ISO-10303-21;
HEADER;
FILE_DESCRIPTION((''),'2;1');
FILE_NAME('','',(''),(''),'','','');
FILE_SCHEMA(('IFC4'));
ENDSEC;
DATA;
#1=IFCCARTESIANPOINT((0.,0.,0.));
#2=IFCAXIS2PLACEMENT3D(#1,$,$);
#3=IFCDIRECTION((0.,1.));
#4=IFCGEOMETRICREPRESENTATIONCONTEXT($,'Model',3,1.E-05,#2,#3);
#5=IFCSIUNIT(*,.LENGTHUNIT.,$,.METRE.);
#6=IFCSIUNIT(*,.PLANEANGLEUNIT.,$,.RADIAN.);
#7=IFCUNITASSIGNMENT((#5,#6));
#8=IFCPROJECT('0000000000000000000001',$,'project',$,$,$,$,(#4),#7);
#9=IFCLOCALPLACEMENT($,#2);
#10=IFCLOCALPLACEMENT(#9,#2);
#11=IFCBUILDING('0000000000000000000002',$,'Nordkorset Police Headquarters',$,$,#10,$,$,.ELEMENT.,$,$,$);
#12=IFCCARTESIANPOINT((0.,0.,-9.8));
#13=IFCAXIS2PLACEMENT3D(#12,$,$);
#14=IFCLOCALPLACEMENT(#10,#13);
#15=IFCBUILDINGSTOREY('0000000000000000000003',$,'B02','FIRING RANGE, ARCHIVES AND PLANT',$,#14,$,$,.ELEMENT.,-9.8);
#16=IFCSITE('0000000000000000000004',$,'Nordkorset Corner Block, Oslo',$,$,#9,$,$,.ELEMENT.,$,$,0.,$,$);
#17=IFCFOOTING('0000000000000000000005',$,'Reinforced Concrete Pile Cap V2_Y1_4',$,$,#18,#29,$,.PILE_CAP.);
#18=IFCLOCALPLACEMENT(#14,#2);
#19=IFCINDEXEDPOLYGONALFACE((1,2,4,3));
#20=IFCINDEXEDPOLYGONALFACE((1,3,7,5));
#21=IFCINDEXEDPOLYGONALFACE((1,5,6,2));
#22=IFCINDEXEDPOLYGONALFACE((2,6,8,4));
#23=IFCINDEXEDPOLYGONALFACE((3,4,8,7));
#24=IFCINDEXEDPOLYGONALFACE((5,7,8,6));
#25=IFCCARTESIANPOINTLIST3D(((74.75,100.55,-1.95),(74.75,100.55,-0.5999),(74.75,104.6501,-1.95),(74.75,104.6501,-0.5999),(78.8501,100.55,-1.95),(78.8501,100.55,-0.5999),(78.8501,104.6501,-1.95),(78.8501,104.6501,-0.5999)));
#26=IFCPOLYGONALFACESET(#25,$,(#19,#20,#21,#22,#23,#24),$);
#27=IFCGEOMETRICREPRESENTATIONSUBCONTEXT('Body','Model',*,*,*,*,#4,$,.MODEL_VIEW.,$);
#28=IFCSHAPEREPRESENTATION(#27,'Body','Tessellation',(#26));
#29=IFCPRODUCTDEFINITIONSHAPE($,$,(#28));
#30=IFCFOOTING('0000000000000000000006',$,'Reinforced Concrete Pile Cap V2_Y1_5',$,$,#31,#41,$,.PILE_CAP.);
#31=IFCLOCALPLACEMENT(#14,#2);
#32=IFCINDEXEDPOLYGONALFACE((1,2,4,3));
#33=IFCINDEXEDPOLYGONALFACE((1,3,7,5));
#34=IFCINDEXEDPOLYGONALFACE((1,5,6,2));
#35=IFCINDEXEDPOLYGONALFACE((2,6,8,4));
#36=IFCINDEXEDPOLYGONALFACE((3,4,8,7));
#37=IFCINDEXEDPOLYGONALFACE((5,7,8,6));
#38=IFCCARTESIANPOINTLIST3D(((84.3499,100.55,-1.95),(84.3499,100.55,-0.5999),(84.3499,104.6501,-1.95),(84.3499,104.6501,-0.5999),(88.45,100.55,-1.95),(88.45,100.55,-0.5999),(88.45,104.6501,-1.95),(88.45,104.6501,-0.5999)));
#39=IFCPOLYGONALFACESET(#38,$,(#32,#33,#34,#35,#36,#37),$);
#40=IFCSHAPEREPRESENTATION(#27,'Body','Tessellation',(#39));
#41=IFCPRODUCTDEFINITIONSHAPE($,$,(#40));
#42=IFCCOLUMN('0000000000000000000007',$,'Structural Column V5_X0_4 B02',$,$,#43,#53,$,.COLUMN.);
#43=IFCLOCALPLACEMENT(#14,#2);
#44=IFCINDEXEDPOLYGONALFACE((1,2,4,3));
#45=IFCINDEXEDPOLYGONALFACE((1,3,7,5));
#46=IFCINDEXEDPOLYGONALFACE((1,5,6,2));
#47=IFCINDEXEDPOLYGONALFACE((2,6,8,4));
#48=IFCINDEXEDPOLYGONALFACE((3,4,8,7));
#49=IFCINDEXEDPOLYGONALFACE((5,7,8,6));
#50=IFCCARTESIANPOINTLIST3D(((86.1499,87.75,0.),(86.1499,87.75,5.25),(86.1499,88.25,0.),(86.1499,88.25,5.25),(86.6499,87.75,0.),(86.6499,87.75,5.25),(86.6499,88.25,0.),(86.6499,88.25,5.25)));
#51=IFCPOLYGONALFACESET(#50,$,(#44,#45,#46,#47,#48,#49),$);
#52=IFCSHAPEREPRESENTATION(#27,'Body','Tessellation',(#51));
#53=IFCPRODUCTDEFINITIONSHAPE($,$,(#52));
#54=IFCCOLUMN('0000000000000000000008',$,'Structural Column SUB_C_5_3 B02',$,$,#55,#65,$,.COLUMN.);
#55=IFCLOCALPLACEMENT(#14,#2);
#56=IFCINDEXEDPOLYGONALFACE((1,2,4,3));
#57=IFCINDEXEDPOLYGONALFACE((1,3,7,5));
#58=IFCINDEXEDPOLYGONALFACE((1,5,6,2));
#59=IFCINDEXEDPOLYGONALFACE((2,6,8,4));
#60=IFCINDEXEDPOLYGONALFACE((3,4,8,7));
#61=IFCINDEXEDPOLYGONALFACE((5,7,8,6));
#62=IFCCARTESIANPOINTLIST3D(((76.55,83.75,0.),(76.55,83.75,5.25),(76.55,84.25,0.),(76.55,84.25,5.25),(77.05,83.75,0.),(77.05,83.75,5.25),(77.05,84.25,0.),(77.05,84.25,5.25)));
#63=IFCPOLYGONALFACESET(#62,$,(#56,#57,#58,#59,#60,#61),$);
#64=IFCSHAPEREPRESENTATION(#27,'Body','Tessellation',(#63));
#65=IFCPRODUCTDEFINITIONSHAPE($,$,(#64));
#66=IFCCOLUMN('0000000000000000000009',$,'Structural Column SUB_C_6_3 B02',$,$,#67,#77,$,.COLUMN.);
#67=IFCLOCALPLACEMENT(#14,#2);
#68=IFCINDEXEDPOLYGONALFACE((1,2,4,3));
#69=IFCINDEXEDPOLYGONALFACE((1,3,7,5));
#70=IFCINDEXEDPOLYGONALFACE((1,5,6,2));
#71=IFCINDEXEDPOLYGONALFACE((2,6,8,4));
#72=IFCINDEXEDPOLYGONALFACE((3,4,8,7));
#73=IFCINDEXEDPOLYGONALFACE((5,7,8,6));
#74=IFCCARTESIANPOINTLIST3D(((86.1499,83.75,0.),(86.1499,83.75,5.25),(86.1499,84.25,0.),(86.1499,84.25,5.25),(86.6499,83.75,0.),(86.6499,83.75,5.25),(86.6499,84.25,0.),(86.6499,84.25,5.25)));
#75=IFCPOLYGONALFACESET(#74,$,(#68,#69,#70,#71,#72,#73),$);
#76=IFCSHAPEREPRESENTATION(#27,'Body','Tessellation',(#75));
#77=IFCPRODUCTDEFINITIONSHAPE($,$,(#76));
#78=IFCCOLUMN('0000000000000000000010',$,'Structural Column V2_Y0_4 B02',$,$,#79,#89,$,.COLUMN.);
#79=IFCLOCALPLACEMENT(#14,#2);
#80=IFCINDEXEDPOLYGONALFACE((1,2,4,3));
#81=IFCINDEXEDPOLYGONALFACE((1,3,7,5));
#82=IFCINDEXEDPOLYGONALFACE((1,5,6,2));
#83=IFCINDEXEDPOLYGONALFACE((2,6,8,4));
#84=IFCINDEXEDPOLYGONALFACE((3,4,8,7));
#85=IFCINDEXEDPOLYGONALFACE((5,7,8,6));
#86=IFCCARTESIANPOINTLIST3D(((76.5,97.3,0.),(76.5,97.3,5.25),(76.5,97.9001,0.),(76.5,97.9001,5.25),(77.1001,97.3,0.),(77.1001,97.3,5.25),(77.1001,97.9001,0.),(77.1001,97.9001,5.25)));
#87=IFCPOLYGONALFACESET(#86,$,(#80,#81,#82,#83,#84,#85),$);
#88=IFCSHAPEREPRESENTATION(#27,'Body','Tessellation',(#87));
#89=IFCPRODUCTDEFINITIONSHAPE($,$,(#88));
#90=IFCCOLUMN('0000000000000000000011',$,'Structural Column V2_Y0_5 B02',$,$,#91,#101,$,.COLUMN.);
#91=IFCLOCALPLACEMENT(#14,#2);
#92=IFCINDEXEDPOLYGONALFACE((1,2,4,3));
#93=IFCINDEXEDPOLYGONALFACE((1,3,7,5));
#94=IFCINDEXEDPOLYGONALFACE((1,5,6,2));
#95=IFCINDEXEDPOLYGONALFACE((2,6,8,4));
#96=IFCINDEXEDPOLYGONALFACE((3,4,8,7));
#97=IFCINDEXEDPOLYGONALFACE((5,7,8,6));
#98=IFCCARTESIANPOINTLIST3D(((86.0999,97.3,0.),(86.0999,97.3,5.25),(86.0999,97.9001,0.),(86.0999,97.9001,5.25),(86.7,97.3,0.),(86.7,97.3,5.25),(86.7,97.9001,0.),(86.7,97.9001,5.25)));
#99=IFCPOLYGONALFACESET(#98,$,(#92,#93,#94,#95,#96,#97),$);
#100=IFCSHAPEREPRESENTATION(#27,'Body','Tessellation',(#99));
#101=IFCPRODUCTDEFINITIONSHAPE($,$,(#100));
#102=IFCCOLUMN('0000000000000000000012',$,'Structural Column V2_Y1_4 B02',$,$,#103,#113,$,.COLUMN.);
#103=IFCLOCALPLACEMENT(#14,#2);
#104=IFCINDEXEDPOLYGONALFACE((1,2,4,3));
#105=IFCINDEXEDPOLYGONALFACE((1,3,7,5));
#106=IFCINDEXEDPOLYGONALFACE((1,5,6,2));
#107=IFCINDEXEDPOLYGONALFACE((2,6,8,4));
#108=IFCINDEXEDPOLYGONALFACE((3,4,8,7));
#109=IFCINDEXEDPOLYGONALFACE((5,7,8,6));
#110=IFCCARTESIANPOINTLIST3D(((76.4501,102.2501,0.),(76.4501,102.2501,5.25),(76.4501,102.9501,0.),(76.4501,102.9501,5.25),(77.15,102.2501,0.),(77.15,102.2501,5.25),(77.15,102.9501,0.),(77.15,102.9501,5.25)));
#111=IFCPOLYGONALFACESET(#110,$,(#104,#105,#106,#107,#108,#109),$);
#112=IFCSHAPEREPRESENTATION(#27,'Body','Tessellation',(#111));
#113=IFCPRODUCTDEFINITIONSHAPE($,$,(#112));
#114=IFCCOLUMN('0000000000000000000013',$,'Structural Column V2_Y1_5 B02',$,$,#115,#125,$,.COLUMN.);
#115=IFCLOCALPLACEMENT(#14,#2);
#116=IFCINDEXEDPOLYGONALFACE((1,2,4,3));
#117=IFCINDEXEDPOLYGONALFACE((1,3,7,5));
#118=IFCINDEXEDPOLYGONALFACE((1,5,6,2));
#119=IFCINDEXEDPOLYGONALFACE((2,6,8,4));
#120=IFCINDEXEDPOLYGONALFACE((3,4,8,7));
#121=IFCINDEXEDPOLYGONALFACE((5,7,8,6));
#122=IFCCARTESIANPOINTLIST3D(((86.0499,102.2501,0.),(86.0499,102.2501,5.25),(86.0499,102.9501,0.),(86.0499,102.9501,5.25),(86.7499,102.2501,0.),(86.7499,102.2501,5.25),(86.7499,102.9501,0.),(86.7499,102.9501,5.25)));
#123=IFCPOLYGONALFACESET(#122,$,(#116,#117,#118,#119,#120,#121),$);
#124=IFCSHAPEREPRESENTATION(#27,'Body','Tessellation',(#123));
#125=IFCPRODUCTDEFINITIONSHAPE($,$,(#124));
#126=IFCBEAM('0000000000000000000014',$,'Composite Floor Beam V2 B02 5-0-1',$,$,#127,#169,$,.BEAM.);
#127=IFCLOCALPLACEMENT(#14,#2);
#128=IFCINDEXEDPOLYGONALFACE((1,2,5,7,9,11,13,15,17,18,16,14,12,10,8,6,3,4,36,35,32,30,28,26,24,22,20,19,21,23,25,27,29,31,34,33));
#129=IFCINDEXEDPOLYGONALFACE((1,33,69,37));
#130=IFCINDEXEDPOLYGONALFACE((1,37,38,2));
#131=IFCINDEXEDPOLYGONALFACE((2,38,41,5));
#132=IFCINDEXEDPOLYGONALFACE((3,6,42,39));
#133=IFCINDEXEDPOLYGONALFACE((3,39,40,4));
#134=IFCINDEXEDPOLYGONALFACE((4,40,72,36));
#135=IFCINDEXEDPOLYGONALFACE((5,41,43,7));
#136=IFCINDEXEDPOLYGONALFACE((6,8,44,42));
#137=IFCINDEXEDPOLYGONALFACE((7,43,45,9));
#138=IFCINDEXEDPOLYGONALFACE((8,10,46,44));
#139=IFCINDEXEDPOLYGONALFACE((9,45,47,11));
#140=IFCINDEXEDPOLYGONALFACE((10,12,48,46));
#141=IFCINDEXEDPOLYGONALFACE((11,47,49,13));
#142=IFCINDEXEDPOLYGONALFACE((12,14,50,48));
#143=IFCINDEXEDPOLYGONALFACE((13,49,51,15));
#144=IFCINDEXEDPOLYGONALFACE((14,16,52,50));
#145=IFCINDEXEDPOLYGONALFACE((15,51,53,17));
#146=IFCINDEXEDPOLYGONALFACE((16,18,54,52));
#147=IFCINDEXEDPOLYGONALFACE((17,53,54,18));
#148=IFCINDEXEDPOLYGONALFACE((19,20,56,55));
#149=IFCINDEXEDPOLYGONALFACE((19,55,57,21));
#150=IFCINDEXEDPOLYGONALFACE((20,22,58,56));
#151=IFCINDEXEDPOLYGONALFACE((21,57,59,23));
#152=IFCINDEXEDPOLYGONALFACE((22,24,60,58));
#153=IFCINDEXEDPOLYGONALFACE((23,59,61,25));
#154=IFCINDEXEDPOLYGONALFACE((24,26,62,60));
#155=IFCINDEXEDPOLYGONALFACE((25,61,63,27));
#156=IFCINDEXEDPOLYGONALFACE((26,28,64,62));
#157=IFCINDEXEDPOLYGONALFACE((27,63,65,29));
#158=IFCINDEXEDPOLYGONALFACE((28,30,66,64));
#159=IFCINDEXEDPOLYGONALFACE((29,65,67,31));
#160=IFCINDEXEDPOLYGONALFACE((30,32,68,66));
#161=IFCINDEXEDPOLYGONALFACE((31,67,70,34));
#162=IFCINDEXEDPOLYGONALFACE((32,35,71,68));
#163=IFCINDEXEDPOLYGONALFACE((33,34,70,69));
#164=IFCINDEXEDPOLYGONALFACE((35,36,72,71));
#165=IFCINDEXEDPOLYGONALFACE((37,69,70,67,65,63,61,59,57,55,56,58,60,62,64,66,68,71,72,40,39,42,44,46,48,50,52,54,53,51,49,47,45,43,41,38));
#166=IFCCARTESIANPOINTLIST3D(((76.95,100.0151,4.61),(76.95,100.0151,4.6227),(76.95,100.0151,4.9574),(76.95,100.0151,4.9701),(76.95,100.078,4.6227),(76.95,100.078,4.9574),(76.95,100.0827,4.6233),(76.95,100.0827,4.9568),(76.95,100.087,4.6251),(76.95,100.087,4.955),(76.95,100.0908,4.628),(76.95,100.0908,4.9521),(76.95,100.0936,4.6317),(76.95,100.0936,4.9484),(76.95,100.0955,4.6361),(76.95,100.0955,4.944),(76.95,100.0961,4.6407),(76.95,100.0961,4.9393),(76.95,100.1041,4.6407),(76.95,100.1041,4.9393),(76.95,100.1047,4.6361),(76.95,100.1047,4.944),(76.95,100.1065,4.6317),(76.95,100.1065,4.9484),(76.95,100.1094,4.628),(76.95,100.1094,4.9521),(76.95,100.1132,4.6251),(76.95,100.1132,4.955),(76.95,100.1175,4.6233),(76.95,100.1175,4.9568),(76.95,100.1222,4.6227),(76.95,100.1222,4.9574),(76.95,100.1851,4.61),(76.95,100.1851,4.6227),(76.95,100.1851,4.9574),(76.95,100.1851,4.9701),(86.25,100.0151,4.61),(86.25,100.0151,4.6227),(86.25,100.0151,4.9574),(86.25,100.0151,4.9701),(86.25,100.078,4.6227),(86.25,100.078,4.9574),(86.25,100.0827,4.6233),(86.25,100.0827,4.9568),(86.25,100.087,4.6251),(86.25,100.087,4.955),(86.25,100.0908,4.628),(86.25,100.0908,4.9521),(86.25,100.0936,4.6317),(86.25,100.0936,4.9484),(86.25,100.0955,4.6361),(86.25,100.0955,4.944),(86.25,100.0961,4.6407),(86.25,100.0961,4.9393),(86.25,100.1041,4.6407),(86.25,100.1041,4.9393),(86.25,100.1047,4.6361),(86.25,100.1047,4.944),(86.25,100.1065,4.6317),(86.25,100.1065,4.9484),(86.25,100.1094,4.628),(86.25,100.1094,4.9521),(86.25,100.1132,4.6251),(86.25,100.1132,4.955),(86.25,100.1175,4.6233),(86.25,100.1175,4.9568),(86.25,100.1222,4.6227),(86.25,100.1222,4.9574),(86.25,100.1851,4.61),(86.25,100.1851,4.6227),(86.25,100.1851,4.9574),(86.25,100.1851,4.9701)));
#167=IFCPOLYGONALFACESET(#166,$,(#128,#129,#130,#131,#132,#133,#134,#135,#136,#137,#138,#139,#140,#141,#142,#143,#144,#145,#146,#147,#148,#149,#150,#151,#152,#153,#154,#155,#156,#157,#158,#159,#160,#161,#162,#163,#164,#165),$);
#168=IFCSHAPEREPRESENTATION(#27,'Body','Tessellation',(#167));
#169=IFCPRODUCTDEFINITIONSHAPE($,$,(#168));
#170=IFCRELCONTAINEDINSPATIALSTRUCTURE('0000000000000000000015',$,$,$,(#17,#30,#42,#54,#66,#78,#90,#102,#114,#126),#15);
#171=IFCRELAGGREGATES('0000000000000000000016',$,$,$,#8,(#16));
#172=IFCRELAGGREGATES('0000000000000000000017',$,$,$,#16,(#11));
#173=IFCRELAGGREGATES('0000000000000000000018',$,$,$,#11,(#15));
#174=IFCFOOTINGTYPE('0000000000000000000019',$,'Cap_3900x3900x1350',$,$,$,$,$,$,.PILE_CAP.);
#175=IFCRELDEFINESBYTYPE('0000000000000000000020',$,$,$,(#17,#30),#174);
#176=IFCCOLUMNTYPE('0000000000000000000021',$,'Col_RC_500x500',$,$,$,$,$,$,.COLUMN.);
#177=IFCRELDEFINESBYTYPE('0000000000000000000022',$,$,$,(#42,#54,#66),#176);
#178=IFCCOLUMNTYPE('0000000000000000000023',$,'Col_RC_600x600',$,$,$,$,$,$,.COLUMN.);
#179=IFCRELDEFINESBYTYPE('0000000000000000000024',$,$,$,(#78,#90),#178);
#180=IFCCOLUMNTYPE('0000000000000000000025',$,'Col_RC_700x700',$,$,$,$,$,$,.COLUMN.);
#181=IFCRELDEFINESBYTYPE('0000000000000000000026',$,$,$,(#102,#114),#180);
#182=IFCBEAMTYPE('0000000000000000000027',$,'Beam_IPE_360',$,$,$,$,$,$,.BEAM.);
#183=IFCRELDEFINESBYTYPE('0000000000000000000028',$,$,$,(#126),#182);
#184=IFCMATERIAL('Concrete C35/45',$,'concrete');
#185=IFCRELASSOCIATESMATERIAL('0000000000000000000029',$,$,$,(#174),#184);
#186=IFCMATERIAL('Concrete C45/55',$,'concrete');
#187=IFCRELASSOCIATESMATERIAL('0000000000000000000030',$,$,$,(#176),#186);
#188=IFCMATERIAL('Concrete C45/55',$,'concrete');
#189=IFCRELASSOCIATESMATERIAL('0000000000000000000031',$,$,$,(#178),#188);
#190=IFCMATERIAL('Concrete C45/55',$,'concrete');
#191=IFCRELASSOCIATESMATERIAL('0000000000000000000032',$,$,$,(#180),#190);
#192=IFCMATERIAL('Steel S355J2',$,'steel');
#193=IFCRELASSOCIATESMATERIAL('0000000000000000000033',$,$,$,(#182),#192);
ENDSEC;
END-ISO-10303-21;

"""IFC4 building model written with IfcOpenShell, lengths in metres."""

from ifc_helpers import new_model, si_unit, direction, frame, origin, origin_2d, place, context, subcontext, project, spatial, rectangle, i_section, extrude, material, material_profile, profile_set, type_object, element, save


model = new_model("IFC4")

# Units and contexts
model_context = context("Model", 3, precision=1e-05, world=origin(), true_north=direction((0.0, 1.0)))
body_context = subcontext(model_context, "Body", "Model", "MODEL_VIEW")
ifc_project = project(units=[si_unit("LENGTHUNIT", "METRE"), si_unit("PLANEANGLEUNIT", "RADIAN")], contexts=[model_context])

# Site, building, storey
site_placement = place(None, origin())
site = spatial("IfcSite", under=ifc_project, at=site_placement, Name="Nordkorset Corner Block, Oslo", CompositionType="ELEMENT", RefElevation=0.0)
building_placement = place(site_placement, origin())
building = spatial("IfcBuilding", under=site, at=building_placement, Name="Nordkorset Police Headquarters", CompositionType="ELEMENT")
storey_placement = place(building_placement, frame((0.0, 0.0, -9.8)))
storey = spatial("IfcBuildingStorey", under=building, at=storey_placement, Name="B02", Description="FIRING RANGE, ARCHIVES AND PLANT", CompositionType="ELEMENT", Elevation=-9.8)

# Footings
ifc_material_1 = material(Name="Concrete C35/45", Category="concrete")
footing_type_1 = type_object("IfcFootingType", Name="Cap_3900x3900x1350", PredefinedType="PILE_CAP", material=ifc_material_1)
for number, where, z_axis, x_axis, name in (
    (1, (76.8, 102.6001, -1.95), (0.0, 0.0, 1.0), (1.0, 0.0, 0.0), "Reinforced Concrete Pile Cap V2_Y1_4"),
    (2, (86.3999, 102.6001, -1.95), (0.0, 0.0, 1.0), (1.0, 0.0, 0.0), "Reinforced Concrete Pile Cap V2_Y1_5"),
):
    element("IfcFooting", number, at=place(storey_placement, frame(where, z_axis=z_axis, x_axis=x_axis)), inside=storey, type_object=footing_type_1, Name=name, PredefinedType="PILE_CAP", context=body_context, shape_type="SweptSolid", body=[
        extrude(rectangle(XDim=4.1001, YDim=4.1001, at=origin_2d()), origin(), (0.0, 0.0, 1.0), 1.3501),
    ])

# Columns
ifc_material_2 = material(Name="Concrete C45/55", Category="concrete")
ifc_material_profile_1 = material_profile(ifc_material_2, rectangle(XDim=0.5, YDim=0.5, at=origin_2d()), Name="RC 500x500")
ifc_profile_set_1 = profile_set([ifc_material_profile_1], Name="Concrete C45/55")
column_type_1 = type_object("IfcColumnType", Name="Col_RC_500x500", PredefinedType="COLUMN", material=ifc_profile_set_1)
for number, where, z_axis, x_axis, name in (
    (3, (86.3999, 88.0, 0.0), (0.0, 0.0, 1.0), (1.0, 0.0, 0.0), "Structural Column V5_X0_4 B02"),
    (4, (76.8, 84.0, 0.0), (0.0, 0.0, 1.0), (1.0, 0.0, 0.0), "Structural Column SUB_C_5_3 B02"),
    (5, (86.3999, 84.0, 0.0), (0.0, 0.0, 1.0), (1.0, 0.0, 0.0), "Structural Column SUB_C_6_3 B02"),
):
    element("IfcColumn", number, at=place(storey_placement, frame(where, z_axis=z_axis, x_axis=x_axis)), inside=storey, type_object=column_type_1, Name=name, PredefinedType="COLUMN", context=body_context, shape_type="SweptSolid", body=[
        extrude(rectangle(XDim=0.5, YDim=0.5, at=origin_2d()), origin(), (0.0, 0.0, 1.0), 5.25),
    ])
ifc_material_3 = material(Name="Concrete C45/55", Category="concrete")
ifc_material_profile_2 = material_profile(ifc_material_3, rectangle(XDim=0.6001, YDim=0.6001, at=origin_2d()), Name="RC 600x600")
ifc_profile_set_2 = profile_set([ifc_material_profile_2], Name="Concrete C45/55")
column_type_2 = type_object("IfcColumnType", Name="Col_RC_600x600", PredefinedType="COLUMN", material=ifc_profile_set_2)
for number, where, z_axis, x_axis, name in (
    (6, (76.8, 97.6001, 0.0), (0.0, 0.0, 1.0), (1.0, 0.0, 0.0), "Structural Column V2_Y0_4 B02"),
    (7, (86.3999, 97.6001, 0.0), (0.0, 0.0, 1.0), (1.0, 0.0, 0.0), "Structural Column V2_Y0_5 B02"),
):
    element("IfcColumn", number, at=place(storey_placement, frame(where, z_axis=z_axis, x_axis=x_axis)), inside=storey, type_object=column_type_2, Name=name, PredefinedType="COLUMN", context=body_context, shape_type="SweptSolid", body=[
        extrude(rectangle(XDim=0.6001, YDim=0.6001, at=origin_2d()), origin(), (0.0, 0.0, 1.0), 5.25),
    ])
ifc_material_4 = material(Name="Concrete C45/55", Category="concrete")
ifc_material_profile_3 = material_profile(ifc_material_4, rectangle(XDim=0.7, YDim=0.7, at=origin_2d()), Name="RC 700x700")
ifc_profile_set_3 = profile_set([ifc_material_profile_3], Name="Concrete C45/55")
column_type_3 = type_object("IfcColumnType", Name="Col_RC_700x700", PredefinedType="COLUMN", material=ifc_profile_set_3)
for number, where, z_axis, x_axis, name in (
    (8, (76.8, 102.6001, 0.0), (0.0, 0.0, 1.0), (1.0, 0.0, 0.0), "Structural Column V2_Y1_4 B02"),
    (9, (86.3999, 102.6001, 0.0), (0.0, 0.0, 1.0), (1.0, 0.0, 0.0), "Structural Column V2_Y1_5 B02"),
):
    element("IfcColumn", number, at=place(storey_placement, frame(where, z_axis=z_axis, x_axis=x_axis)), inside=storey, type_object=column_type_3, Name=name, PredefinedType="COLUMN", context=body_context, shape_type="SweptSolid", body=[
        extrude(rectangle(XDim=0.7, YDim=0.7, at=origin_2d()), origin(), (0.0, 0.0, 1.0), 5.25),
    ])

# Beam
ifc_material_5 = material(Name="Steel S355J2", Category="steel")
ifc_material_profile_4 = material_profile(ifc_material_5, i_section(OverallWidth=0.1699, OverallDepth=0.3601, WebThickness=0.0081, FlangeThickness=0.0127, FilletRadius=0.0181, at=origin_2d()), Name="IPE 360")
ifc_profile_set_4 = profile_set([ifc_material_profile_4], Name="Steel S355J2")
beam_type_1 = type_object("IfcBeamType", Name="Beam_IPE_360", PredefinedType="BEAM", material=ifc_profile_set_4)
beam_1_placement = place(storey_placement, frame((76.95, 100.1001, 4.79), z_axis=(1.0, 0.0, 0.0), x_axis=(0.0, 1.0, 0.0)))
element("IfcBeam", 10, at=beam_1_placement, inside=storey, type_object=beam_type_1, Name="Composite Floor Beam V2 B02 5-0-1", PredefinedType="BEAM", context=body_context, shape_type="SweptSolid", body=[
    extrude(i_section(OverallWidth=0.1699, OverallDepth=0.3601, WebThickness=0.0081, FlangeThickness=0.0127, FilletRadius=0.0181, at=origin_2d()), origin(), (0.0, 0.0, 1.0), 9.3),
])

save(model, "model.ifc")
